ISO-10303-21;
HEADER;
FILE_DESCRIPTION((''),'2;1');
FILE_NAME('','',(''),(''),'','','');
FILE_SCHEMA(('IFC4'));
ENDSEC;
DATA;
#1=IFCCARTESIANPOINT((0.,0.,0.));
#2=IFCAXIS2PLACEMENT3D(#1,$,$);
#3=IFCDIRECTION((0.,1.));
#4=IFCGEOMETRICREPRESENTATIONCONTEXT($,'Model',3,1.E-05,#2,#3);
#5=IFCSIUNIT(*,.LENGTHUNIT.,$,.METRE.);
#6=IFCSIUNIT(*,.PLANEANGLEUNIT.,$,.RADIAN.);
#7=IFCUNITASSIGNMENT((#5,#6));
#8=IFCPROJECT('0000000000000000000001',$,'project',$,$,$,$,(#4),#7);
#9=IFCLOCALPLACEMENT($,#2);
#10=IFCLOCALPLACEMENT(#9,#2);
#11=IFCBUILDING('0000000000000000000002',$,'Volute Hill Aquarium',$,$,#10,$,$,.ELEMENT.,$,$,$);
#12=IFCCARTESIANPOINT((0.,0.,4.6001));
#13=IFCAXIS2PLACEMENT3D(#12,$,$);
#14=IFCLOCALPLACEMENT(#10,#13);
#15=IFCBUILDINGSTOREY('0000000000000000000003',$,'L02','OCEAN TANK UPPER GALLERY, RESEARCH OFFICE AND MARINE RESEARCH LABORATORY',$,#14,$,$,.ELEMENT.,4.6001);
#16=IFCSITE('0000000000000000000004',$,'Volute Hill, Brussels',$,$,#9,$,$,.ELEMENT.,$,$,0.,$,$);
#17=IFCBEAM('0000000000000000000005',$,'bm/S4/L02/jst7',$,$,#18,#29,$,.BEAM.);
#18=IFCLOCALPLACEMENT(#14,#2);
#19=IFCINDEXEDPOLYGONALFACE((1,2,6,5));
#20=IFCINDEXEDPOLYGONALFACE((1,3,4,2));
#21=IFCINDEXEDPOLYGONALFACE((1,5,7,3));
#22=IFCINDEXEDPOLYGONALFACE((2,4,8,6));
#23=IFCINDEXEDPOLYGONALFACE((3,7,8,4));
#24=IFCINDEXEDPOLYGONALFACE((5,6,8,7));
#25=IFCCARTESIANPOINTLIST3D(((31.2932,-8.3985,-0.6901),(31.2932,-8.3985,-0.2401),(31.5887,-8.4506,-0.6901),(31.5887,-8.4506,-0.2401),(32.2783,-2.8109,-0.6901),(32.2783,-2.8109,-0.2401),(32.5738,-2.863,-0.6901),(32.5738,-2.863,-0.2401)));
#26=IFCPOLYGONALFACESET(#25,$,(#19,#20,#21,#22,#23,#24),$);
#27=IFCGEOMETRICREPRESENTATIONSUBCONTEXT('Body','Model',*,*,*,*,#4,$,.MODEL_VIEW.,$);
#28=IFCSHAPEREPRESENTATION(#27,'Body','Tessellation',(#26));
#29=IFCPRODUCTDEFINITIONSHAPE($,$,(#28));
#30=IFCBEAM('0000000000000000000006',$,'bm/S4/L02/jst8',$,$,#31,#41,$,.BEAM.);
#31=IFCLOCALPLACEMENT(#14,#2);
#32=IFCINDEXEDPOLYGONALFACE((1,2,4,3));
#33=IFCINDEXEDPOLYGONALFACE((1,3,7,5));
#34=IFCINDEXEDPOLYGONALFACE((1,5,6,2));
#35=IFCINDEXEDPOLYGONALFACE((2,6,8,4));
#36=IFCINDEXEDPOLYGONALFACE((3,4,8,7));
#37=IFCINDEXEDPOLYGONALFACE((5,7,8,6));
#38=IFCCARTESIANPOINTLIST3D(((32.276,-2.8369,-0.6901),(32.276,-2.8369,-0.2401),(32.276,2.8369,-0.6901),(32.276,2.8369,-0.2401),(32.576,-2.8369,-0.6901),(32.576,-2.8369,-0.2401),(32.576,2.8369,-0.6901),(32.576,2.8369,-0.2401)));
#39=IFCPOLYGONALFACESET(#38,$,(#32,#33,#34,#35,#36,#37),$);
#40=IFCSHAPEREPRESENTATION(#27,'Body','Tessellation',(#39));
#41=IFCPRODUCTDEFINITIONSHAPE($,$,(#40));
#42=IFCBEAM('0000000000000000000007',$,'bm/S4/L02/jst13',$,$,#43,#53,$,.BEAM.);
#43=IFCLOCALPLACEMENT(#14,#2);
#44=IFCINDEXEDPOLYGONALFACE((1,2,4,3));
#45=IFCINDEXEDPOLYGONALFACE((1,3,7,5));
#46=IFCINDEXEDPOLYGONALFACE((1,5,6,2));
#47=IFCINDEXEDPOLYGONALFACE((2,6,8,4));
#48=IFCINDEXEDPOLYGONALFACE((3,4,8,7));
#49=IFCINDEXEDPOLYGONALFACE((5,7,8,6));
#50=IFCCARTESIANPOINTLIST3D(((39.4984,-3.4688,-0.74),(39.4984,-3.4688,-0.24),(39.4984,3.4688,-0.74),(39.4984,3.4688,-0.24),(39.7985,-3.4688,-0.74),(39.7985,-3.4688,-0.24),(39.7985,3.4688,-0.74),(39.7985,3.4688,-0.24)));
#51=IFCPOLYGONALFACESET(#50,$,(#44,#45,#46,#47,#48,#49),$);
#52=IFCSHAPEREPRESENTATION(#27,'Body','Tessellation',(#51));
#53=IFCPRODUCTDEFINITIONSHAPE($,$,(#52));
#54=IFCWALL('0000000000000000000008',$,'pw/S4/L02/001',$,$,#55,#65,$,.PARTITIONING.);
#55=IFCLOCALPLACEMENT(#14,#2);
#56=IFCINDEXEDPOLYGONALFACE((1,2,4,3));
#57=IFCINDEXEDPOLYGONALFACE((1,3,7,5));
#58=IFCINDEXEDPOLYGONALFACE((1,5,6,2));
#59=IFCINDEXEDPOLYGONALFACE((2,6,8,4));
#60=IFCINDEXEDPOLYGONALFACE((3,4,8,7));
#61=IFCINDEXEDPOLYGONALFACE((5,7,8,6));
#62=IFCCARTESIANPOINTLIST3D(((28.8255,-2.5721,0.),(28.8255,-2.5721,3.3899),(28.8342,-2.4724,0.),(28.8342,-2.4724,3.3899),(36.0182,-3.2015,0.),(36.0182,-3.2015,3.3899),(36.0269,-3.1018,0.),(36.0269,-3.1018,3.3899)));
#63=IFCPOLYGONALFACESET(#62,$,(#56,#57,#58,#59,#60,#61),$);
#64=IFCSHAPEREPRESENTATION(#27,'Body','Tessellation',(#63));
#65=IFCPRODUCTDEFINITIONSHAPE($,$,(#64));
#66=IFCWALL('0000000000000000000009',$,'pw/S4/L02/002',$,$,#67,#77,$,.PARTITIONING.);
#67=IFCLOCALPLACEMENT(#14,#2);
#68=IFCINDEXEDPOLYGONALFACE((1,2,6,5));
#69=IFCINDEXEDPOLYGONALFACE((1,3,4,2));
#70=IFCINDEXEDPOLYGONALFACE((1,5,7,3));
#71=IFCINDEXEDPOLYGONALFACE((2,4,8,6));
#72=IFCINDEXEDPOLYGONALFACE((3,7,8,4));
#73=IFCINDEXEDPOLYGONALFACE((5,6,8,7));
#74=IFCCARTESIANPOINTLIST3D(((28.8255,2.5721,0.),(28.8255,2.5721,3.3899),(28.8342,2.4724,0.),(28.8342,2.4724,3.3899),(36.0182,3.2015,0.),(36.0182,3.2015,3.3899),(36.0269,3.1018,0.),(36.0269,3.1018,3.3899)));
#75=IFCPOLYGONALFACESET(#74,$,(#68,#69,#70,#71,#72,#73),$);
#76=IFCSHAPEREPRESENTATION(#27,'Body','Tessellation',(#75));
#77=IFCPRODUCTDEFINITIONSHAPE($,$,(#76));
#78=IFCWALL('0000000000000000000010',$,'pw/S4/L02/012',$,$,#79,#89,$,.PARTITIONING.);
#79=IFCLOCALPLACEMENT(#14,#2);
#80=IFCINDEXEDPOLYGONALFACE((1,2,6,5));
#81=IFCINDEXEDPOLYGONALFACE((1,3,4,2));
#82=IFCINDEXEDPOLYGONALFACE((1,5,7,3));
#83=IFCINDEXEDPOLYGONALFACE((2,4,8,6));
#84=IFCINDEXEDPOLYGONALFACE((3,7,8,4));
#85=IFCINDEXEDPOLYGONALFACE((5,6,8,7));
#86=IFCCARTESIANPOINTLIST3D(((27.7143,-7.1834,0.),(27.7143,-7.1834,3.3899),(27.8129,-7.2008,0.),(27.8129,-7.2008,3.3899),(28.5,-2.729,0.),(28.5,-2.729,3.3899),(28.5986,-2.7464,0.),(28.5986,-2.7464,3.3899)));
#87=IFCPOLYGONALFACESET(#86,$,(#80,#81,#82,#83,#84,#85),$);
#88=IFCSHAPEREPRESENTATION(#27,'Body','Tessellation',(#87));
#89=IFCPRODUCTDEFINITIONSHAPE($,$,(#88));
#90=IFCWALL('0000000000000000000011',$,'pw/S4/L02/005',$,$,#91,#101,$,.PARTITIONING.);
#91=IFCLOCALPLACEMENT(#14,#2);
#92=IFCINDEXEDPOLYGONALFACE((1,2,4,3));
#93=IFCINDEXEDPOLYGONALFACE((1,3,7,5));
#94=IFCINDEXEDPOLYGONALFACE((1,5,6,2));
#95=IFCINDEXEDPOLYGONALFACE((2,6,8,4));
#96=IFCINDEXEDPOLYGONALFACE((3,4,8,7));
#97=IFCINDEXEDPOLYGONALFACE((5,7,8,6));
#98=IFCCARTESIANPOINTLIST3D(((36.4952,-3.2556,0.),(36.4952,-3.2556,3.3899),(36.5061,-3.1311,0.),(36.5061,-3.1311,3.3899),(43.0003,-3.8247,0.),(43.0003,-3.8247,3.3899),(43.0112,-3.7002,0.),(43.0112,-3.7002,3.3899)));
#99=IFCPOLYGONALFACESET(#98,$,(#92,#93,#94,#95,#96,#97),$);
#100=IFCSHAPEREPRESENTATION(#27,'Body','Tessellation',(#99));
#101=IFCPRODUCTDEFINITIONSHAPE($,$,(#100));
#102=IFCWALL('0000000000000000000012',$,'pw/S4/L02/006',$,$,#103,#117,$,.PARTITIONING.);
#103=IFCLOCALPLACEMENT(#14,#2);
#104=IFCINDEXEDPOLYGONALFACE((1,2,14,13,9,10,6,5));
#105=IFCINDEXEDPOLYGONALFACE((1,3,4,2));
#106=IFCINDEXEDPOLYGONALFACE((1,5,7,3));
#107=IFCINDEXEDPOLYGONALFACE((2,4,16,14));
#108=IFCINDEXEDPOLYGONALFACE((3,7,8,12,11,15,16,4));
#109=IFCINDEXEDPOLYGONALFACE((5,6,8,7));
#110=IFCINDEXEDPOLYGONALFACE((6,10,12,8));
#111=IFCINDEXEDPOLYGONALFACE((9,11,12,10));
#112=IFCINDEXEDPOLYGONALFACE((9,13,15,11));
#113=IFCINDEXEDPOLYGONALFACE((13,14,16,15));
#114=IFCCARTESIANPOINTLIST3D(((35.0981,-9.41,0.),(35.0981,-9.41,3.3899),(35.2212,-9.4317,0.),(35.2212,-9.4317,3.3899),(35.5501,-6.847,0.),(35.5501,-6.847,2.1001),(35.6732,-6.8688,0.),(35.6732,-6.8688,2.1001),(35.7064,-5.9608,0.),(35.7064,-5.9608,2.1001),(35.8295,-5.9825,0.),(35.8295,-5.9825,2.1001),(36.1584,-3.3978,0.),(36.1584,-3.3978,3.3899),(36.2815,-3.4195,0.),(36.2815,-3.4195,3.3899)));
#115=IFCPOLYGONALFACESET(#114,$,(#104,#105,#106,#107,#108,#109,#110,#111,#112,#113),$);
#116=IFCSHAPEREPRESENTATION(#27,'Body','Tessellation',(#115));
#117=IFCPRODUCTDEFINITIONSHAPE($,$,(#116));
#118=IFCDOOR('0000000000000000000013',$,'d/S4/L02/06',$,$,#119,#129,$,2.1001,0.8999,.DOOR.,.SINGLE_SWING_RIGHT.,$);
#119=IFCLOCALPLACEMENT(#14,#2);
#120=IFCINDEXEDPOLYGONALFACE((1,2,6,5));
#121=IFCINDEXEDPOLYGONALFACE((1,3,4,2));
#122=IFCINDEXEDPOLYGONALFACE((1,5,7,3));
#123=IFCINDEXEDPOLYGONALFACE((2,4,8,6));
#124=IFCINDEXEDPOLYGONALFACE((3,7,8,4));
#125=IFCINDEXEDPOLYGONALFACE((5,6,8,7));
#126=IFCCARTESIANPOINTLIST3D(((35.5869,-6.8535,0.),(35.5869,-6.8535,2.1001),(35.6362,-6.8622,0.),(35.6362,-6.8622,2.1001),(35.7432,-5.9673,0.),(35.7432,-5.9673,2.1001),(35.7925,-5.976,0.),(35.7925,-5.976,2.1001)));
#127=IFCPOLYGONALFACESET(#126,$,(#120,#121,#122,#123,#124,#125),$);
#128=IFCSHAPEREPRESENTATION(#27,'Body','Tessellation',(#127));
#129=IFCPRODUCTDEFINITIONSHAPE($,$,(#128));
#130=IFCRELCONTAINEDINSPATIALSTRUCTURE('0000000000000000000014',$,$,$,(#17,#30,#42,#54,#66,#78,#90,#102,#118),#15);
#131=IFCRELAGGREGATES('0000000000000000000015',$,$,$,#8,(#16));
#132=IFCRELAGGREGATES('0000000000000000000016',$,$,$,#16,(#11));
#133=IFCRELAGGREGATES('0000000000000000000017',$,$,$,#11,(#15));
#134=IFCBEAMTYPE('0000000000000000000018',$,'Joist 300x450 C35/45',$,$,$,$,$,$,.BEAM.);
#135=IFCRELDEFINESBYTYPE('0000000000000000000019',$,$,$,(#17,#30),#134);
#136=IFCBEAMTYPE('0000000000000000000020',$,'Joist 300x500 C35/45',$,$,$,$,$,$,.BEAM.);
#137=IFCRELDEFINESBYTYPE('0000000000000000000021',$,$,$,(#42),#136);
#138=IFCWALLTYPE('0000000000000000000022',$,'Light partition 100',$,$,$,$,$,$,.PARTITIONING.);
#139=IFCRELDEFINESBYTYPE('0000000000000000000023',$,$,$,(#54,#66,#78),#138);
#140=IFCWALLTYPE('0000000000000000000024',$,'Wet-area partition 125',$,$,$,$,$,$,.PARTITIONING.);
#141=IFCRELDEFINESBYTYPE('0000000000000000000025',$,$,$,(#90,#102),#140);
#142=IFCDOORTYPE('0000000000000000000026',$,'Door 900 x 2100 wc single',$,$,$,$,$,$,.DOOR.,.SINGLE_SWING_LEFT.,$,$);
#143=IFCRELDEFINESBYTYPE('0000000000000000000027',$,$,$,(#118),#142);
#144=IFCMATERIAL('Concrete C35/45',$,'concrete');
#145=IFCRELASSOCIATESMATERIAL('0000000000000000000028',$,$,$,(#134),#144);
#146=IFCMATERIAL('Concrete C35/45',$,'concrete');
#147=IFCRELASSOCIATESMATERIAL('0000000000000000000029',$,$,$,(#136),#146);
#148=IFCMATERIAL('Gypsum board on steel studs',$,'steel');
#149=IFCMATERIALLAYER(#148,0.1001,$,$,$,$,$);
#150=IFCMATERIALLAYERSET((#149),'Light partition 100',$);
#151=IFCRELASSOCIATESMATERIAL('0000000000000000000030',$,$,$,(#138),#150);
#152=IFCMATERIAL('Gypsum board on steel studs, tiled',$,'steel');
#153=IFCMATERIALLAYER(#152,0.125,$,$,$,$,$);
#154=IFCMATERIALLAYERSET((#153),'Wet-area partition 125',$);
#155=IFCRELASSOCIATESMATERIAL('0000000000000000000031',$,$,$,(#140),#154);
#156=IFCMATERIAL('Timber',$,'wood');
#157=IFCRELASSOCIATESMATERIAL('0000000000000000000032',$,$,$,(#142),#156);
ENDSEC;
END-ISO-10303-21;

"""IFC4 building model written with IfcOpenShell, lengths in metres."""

from ifc_helpers import new_model, si_unit, direction, frame, frame_2d, origin, origin_2d, place, context, subcontext, project, spatial, rectangle, extrude, material, layer, layer_set, material_profile, profile_set, type_object, element, fill, save


model = new_model("IFC4")

# Units and contexts
model_context = context("Model", 3, precision=1e-05, world=origin(), true_north=direction((0.0, 1.0)))
body_context = subcontext(model_context, "Body", "Model", "MODEL_VIEW")
ifc_project = project(units=[si_unit("LENGTHUNIT", "METRE"), si_unit("PLANEANGLEUNIT", "RADIAN")], contexts=[model_context])

# Site, building, storey
site_placement = place(None, origin())
site = spatial("IfcSite", under=ifc_project, at=site_placement, Name="Volute Hill, Brussels", CompositionType="ELEMENT", RefElevation=0.0)
building_placement = place(site_placement, origin())
building = spatial("IfcBuilding", under=site, at=building_placement, Name="Volute Hill Aquarium", CompositionType="ELEMENT")
storey_placement = place(building_placement, frame((0.0, 0.0, 4.6001)))
storey = spatial("IfcBuildingStorey", under=building, at=storey_placement, Name="L02", Description="OCEAN TANK UPPER GALLERY, RESEARCH OFFICE AND MARINE RESEARCH LABORATORY", CompositionType="ELEMENT", Elevation=4.6001)

# Beams
ifc_material_1 = material(Name="Concrete C35/45", Category="concrete")
ifc_material_profile_1 = material_profile(ifc_material_1, rectangle(XDim=0.3, YDim=0.45, at=origin_2d()), Name="RC joist 300x450")
ifc_profile_set_1 = profile_set([ifc_material_profile_1], Name="Concrete C35/45")
beam_type_1 = type_object("IfcBeamType", Name="Joist 300x450 C35/45", PredefinedType="BEAM", material=ifc_profile_set_1)
for number, where, z_axis, x_axis, name in (
    (1, (31.4409, -8.4246, -0.4651), (0.173623, 0.984812, 0.0), (-0.984812, 0.173623, 0.0), "bm/S4/L02/jst7"),
    (2, (32.426, -2.8369, -0.4651), (0.0, 1.0, 0.0), (-1.0, 0.0, 0.0), "bm/S4/L02/jst8"),
):
    element("IfcBeam", number, at=place(storey_placement, frame(where, z_axis=z_axis, x_axis=x_axis)), inside=storey, type_object=beam_type_1, Name=name, PredefinedType="BEAM", context=body_context, shape_type="SweptSolid", body=[
        extrude(rectangle(XDim=0.3, YDim=0.45, at=origin_2d()), origin(), (0.0, 0.0, 1.0), 5.6738),
    ])
ifc_material_2 = material(Name="Concrete C35/45", Category="concrete")
ifc_material_profile_2 = material_profile(ifc_material_2, rectangle(XDim=0.3, YDim=0.5, at=origin_2d()), Name="RC joist 300x500")
ifc_profile_set_2 = profile_set([ifc_material_profile_2], Name="Concrete C35/45")
beam_type_2 = type_object("IfcBeamType", Name="Joist 300x500 C35/45", PredefinedType="BEAM", material=ifc_profile_set_2)
beam_1_placement = place(storey_placement, frame((39.6484, -3.4688, -0.49), z_axis=(0.0, 1.0, 0.0), x_axis=(-1.0, 0.0, 0.0)))
element("IfcBeam", 3, at=beam_1_placement, inside=storey, type_object=beam_type_2, Name="bm/S4/L02/jst13", PredefinedType="BEAM", context=body_context, shape_type="SweptSolid", body=[
    extrude(rectangle(XDim=0.3, YDim=0.5, at=origin_2d()), origin(), (0.0, 0.0, 1.0), 6.9375),
])

# Walls
ifc_material_3 = material(Name="Gypsum board on steel studs", Category="steel")
ifc_layer_1 = layer(ifc_material_3, 0.1001)
ifc_layer_set_1 = layer_set([ifc_layer_1], Name="Light partition 100")
wall_type_1 = type_object("IfcWallType", Name="Light partition 100", PredefinedType="PARTITIONING", material=ifc_layer_set_1)
for number, where, z_axis, x_axis, name in (
    (4, (28.8298, -2.5222, 0.0), (0.0, 0.0, 1.0), (0.996193, -0.087172, 0.0), "pw/S4/L02/001"),
    (5, (28.8298, 2.5222, 0.0), (0.0, 0.0, 1.0), (0.996193, 0.087172, 0.0), "pw/S4/L02/002"),
):
    element("IfcWall", number, at=place(storey_placement, frame(where, z_axis=z_axis, x_axis=x_axis)), inside=storey, type_object=wall_type_1, Name=name, PredefinedType="PARTITIONING", context=body_context, shape_type="SweptSolid", body=[
        extrude(rectangle(XDim=7.2202, YDim=0.1001, at=frame_2d((3.6101, 0.0))), origin(), (0.0, 0.0, 1.0), 3.3899),
    ])
wall_1_placement = place(storey_placement, frame((28.5493, -2.7375, 0.0), z_axis=(0.0, 0.0, 1.0), x_axis=(-0.173696, -0.984799, 0.0)))
element("IfcWall", 6, at=wall_1_placement, inside=storey, type_object=wall_type_1, Name="pw/S4/L02/012", PredefinedType="PARTITIONING", context=body_context, shape_type="SweptSolid", body=[
    extrude(rectangle(XDim=4.5232, YDim=0.1001, at=frame_2d((2.2617, 0.0))), origin(), (0.0, 0.0, 1.0), 3.3899),
])

# Wall
ifc_material_4 = material(Name="Gypsum board on steel studs, tiled", Category="steel")
ifc_layer_2 = layer(ifc_material_4, 0.125)
ifc_layer_set_2 = layer_set([ifc_layer_2], Name="Wet-area partition 125")
wall_type_2 = type_object("IfcWallType", Name="Wet-area partition 125", PredefinedType="PARTITIONING", material=ifc_layer_set_2)
wall_2_placement = place(storey_placement, frame((36.5005, -3.1934, 0.0), z_axis=(0.0, 0.0, 1.0), x_axis=(0.996195, -0.087151, 0.0)))
element("IfcWall", 7, at=wall_2_placement, inside=storey, type_object=wall_type_2, Name="pw/S4/L02/005", PredefinedType="PARTITIONING", context=body_context, shape_type="SweptSolid", body=[
    extrude(rectangle(XDim=6.53, YDim=0.125, at=frame_2d((3.2651, 0.0))), origin(), (0.0, 0.0, 1.0), 3.3899),
])

# Wall, opening, door
wall_3_placement = place(storey_placement, frame((36.22, -3.4087, 0.0), z_axis=(0.0, 0.0, 1.0), x_axis=(-0.173678, -0.984802, 0.0)))
wall_3 = element("IfcWall", 8, at=wall_3_placement, inside=storey, type_object=wall_type_2, Name="pw/S4/L02/006", PredefinedType="PARTITIONING", context=body_context, shape_type="SweptSolid", body=[
    extrude(rectangle(XDim=6.105, YDim=0.125, at=frame_2d((3.0525, 0.0))), origin(), (0.0, 0.0, 1.0), 3.3899),
])
opening_1_placement = place(wall_3_placement, frame((2.6025, 0.0, 0.0)))
opening_1 = element("IfcOpeningElement", 9, at=opening_1_placement, cuts=wall_3, PredefinedType="OPENING", context=body_context, shape_type="SweptSolid", body=[
    extrude(rectangle(XDim=0.8999, YDim=2.1001, at=frame_2d((0.45, 1.05))), frame((0.0, 0.0725, 0.0), z_axis=(0.0, -1.0, 0.0), x_axis=(1.0, 0.0, 0.0)), (0.0, 0.0, 1.0), 0.145),
])
ifc_material_5 = material(Name="Timber", Category="wood")
door_type_1 = type_object("IfcDoorType", Name="Door 900 x 2100 wc single", OperationType="SINGLE_SWING_LEFT", PredefinedType="DOOR", material=ifc_material_5)
door_1_placement = place(opening_1_placement, origin())
door_1 = element("IfcDoor", 10, at=door_1_placement, inside=storey, type_object=door_type_1, Name="d/S4/L02/06", OperationType="SINGLE_SWING_RIGHT", OverallHeight=2.1001, OverallWidth=0.8999, PredefinedType="DOOR", context=body_context, shape_type="SweptSolid", body=[
    extrude(rectangle(XDim=0.8999, YDim=2.1001, at=frame_2d((0.45, 1.05))), frame((0.0, 0.0249, 0.0), z_axis=(0.0, -1.0, 0.0), x_axis=(1.0, 0.0, 0.0)), (0.0, 0.0, 1.0), 0.05),
])
fill(opening_1, door_1)

save(model, "model.ifc")
